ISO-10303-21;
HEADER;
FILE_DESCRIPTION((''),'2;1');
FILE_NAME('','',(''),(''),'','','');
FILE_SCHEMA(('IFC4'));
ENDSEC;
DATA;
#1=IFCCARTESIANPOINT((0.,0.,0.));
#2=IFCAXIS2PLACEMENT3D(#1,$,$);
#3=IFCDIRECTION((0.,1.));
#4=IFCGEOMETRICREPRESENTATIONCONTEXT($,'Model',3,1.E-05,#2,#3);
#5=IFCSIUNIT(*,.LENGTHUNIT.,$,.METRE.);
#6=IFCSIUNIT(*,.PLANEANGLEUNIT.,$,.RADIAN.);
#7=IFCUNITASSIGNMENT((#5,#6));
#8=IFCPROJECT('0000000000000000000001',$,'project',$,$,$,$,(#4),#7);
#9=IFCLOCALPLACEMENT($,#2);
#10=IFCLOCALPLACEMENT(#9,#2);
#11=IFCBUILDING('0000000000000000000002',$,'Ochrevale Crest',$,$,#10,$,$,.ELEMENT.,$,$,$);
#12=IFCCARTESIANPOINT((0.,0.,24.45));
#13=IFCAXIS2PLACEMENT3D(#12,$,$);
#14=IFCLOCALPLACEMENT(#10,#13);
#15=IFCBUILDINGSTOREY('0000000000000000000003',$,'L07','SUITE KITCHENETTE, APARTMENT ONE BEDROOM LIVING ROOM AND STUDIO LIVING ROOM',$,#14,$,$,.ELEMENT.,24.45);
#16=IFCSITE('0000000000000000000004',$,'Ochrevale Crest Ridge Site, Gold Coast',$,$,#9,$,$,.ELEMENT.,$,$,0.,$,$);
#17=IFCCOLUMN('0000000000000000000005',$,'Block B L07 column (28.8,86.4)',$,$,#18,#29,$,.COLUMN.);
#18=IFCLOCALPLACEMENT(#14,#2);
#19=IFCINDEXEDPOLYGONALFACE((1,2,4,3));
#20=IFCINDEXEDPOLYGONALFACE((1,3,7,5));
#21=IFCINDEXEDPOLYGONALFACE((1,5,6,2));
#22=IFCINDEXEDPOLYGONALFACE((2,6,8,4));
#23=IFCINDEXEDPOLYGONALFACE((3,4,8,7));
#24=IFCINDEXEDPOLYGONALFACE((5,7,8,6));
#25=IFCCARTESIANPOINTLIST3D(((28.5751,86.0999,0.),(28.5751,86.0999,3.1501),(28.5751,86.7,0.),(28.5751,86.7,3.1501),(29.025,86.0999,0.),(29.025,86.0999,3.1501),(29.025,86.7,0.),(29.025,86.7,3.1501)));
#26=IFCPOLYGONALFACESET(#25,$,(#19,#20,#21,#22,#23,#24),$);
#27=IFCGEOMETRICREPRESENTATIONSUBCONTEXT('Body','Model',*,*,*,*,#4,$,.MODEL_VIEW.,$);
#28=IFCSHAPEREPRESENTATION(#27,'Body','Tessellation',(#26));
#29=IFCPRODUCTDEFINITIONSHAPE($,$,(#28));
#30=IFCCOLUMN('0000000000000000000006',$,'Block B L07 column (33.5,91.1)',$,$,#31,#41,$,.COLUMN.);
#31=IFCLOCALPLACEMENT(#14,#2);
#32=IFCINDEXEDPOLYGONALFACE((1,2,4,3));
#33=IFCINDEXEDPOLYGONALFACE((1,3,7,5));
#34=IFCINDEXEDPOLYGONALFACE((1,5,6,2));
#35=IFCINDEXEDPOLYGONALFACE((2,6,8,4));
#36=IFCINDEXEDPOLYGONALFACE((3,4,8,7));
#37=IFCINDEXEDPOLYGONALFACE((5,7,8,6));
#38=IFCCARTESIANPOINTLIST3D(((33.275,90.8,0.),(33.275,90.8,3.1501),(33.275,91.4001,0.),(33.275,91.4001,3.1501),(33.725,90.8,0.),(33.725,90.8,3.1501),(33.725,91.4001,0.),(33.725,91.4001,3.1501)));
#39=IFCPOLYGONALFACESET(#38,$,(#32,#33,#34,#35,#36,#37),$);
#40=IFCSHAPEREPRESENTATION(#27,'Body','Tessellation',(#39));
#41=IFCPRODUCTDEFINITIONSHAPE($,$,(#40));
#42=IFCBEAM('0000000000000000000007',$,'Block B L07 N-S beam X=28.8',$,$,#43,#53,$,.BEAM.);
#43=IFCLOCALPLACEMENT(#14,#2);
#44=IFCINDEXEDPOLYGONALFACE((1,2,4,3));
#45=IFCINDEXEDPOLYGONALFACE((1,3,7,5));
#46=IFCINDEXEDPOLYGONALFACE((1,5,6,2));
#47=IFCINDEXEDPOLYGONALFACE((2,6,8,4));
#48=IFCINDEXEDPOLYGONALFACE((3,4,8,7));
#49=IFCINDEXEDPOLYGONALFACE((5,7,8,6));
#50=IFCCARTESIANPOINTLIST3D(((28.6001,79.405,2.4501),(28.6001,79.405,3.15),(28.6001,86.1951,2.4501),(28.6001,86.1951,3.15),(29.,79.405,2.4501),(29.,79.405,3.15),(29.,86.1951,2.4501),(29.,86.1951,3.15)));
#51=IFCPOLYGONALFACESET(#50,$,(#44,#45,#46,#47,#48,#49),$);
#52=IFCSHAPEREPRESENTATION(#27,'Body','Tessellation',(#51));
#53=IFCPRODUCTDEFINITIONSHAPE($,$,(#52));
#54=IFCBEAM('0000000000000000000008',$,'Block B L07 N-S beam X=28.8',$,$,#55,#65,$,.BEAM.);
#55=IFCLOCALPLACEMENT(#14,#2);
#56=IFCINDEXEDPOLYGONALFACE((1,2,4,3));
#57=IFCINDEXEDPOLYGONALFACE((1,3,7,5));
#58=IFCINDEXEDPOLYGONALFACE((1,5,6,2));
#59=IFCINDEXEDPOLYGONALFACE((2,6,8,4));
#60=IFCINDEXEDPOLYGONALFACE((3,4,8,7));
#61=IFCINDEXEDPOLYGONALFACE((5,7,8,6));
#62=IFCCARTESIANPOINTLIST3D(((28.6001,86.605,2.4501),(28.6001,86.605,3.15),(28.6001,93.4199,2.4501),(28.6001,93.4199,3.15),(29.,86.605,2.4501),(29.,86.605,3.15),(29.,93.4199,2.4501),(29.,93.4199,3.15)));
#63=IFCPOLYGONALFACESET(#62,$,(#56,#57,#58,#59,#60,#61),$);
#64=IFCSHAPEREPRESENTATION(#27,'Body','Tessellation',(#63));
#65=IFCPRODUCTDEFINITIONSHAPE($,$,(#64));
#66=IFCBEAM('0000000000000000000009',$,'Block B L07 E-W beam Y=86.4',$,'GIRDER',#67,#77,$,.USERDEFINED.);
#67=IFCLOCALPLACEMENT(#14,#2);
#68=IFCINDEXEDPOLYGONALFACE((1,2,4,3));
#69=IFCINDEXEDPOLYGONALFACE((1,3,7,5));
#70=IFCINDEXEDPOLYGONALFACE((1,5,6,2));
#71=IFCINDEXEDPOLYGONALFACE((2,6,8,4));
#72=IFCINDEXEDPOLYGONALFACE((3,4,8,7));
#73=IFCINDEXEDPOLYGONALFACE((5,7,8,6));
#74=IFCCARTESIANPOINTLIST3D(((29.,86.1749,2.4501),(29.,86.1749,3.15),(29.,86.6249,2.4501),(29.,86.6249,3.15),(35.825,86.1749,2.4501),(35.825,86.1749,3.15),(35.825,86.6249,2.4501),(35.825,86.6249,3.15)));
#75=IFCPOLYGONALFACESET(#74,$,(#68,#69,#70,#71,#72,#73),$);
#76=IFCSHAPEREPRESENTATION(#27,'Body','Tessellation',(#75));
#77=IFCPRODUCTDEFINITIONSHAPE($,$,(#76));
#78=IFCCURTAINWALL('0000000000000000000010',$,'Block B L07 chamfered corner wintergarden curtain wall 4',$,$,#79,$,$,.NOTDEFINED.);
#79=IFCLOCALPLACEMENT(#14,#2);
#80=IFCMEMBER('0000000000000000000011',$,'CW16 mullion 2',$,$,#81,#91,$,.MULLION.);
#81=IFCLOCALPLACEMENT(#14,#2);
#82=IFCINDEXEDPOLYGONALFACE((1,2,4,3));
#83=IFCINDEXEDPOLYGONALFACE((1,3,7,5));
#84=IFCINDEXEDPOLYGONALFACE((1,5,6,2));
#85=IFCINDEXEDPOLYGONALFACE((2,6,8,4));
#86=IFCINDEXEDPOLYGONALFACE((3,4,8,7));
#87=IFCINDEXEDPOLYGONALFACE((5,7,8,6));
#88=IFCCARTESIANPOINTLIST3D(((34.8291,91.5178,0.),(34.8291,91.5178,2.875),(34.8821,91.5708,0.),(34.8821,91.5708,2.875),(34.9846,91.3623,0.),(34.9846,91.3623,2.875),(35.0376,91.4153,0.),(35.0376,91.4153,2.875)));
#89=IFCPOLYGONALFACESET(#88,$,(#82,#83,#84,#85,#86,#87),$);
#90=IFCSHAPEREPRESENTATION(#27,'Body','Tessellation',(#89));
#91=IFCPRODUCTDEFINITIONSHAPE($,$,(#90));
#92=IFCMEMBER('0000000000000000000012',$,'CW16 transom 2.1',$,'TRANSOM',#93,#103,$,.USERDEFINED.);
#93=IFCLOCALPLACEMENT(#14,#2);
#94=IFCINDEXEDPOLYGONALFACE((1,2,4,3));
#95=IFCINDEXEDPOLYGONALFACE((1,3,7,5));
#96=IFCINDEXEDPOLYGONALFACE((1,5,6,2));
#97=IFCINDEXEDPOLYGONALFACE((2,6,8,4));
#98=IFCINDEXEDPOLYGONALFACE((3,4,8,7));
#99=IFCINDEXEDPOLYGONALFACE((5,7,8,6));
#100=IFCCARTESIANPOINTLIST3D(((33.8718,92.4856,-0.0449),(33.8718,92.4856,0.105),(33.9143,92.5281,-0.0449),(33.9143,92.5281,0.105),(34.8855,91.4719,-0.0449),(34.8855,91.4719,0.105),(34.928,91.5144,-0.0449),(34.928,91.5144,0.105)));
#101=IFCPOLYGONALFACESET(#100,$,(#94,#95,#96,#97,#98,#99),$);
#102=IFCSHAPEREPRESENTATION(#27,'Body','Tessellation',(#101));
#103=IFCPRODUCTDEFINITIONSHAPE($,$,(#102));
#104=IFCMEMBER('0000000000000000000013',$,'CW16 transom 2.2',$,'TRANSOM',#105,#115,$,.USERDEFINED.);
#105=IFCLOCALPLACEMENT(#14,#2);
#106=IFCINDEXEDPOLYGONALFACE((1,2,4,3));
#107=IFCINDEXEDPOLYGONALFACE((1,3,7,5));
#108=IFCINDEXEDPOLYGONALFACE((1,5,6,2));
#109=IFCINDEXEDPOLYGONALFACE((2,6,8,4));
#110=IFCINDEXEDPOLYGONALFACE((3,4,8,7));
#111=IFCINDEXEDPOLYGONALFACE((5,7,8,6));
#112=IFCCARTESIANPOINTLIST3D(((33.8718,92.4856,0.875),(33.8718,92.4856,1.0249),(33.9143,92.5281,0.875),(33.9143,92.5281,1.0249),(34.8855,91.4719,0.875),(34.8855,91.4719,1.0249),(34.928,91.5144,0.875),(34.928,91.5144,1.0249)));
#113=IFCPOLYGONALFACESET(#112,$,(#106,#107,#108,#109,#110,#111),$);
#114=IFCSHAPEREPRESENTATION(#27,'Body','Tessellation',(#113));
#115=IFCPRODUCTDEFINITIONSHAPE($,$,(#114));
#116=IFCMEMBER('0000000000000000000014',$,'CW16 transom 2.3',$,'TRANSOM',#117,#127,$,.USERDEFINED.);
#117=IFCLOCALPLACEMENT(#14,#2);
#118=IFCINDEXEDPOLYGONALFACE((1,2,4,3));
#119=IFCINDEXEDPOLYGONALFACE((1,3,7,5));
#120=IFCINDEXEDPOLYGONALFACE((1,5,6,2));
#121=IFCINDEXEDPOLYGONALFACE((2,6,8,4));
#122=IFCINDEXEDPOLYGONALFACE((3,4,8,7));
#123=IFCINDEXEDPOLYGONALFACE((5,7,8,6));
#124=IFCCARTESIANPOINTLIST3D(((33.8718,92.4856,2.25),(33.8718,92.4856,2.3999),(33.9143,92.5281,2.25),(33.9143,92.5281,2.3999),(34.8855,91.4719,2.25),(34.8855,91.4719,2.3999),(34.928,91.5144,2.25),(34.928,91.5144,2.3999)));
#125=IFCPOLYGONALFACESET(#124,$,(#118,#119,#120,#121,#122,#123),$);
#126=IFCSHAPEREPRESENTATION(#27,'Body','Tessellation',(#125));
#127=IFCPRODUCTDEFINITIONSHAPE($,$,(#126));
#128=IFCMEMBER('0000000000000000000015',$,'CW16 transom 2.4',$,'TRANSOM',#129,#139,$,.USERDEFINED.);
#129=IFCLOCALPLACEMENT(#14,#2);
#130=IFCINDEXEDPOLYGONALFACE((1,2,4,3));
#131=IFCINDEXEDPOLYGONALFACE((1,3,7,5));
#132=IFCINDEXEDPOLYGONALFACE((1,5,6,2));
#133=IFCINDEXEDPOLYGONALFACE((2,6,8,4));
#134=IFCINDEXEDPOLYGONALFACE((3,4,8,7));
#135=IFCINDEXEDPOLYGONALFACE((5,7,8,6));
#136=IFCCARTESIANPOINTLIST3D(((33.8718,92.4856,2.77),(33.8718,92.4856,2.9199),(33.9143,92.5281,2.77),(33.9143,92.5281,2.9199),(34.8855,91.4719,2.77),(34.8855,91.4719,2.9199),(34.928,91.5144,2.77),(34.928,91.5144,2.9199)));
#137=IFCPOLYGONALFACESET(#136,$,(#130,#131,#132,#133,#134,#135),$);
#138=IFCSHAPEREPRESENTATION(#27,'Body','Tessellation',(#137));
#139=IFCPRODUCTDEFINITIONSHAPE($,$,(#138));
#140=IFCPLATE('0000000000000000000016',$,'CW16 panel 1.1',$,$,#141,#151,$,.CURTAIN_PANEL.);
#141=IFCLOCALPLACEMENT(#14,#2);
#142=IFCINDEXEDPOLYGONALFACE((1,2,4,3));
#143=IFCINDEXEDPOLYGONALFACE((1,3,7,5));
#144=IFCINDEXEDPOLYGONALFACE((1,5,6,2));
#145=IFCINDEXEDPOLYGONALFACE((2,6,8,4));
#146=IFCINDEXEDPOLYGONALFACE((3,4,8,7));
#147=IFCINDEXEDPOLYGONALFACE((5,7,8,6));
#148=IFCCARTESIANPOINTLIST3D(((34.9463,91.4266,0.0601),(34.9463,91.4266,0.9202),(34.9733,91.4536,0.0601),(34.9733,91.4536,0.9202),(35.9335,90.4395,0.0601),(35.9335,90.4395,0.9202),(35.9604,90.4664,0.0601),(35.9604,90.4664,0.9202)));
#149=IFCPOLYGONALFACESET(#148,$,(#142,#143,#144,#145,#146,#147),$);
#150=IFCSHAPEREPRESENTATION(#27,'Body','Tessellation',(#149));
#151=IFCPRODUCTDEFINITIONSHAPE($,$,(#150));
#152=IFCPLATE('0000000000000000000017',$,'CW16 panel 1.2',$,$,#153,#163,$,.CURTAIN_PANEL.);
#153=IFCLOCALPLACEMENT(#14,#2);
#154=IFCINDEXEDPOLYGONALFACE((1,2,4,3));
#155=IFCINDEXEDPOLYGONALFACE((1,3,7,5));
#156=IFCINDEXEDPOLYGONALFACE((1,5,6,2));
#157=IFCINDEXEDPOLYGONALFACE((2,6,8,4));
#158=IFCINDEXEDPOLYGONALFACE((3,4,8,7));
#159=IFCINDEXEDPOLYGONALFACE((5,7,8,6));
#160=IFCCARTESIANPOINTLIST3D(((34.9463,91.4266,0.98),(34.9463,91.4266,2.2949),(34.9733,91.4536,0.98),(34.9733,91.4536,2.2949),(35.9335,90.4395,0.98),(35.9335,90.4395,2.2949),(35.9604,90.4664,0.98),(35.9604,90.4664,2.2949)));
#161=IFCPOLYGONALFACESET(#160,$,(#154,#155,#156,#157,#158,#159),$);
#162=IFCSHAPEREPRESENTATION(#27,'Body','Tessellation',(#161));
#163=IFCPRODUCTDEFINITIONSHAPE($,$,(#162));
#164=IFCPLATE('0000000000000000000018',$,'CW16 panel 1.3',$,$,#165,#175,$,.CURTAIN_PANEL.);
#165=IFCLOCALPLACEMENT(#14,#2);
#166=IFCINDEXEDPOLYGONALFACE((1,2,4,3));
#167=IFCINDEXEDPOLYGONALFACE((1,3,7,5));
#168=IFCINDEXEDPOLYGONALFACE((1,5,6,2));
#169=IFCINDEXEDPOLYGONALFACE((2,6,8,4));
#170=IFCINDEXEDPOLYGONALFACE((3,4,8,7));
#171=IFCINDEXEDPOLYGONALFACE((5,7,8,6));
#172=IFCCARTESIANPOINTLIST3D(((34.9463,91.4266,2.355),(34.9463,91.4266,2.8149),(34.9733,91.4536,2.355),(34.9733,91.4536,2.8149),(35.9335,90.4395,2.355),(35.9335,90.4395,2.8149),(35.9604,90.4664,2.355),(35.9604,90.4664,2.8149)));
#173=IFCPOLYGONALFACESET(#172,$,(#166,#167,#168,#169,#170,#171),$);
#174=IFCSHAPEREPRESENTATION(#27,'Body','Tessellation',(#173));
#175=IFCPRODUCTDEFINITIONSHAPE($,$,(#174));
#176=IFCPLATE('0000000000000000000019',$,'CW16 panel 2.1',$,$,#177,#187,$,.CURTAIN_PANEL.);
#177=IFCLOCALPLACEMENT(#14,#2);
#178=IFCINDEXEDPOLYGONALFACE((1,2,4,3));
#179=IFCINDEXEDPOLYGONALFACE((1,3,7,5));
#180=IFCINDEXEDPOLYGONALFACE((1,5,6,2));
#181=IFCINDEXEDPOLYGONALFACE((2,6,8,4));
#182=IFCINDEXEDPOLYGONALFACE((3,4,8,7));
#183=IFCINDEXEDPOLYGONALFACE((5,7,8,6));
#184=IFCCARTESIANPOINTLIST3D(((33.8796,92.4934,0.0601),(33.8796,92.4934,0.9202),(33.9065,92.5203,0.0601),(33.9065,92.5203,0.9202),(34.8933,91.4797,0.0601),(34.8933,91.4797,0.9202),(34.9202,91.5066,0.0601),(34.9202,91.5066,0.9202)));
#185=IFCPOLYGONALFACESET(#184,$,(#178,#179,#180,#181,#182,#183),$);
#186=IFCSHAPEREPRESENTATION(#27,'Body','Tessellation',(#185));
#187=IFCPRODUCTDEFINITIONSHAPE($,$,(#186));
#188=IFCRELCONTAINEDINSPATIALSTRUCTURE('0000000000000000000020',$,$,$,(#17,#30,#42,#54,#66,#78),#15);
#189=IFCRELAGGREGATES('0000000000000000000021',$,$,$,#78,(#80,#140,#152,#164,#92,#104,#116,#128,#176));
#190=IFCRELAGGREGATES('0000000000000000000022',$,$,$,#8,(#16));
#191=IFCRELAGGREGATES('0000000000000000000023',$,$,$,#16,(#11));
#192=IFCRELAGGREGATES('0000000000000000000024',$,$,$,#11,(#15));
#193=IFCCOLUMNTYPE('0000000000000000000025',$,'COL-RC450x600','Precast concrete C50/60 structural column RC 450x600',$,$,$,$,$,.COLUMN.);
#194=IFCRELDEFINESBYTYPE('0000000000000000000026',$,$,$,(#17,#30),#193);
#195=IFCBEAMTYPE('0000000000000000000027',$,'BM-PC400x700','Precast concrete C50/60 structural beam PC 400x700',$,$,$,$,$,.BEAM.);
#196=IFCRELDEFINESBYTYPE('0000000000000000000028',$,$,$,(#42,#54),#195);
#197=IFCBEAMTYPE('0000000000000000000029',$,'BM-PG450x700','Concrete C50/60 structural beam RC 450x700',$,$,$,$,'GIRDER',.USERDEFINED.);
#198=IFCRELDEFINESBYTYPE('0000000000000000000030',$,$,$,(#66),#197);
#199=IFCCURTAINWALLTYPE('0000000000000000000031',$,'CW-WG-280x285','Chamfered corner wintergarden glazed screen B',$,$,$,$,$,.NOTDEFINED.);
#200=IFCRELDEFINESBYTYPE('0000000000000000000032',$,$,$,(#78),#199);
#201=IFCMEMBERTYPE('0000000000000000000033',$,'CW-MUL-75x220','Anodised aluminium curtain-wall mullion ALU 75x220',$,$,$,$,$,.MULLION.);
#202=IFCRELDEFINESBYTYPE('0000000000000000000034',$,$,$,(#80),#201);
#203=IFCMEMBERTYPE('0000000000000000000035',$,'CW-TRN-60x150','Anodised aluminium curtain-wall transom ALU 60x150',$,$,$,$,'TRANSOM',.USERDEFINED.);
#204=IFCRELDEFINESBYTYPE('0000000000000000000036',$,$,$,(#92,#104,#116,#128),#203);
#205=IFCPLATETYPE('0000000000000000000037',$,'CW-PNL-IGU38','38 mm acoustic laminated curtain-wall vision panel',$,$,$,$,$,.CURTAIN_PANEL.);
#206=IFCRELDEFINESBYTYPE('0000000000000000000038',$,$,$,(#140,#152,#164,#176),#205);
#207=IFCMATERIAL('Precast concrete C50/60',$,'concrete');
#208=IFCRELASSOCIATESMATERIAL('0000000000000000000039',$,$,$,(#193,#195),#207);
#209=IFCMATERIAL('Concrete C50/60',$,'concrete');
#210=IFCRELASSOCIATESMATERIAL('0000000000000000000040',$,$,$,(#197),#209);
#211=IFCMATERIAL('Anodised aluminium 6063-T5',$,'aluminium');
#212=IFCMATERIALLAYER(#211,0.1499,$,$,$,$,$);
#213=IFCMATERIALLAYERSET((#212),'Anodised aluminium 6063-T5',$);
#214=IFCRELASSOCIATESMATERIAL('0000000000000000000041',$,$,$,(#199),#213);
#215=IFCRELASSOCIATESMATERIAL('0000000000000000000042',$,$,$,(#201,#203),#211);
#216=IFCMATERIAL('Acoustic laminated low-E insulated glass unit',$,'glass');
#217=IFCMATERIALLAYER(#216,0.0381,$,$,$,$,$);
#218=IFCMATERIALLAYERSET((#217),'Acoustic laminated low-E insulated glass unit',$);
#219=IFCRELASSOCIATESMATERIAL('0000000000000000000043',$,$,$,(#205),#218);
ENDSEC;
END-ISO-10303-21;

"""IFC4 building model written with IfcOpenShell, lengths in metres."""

from ifc_helpers import new_model, si_unit, direction, frame, origin, origin_2d, place, context, subcontext, project, spatial, rectangle, extrude, material, layer, layer_set, material_profile, profile_set, type_object, element, aggregate, save


model = new_model("IFC4")

# Units and contexts
model_context = context("Model", 3, precision=1e-05, world=origin(), true_north=direction((0.0, 1.0)))
body_context = subcontext(model_context, "Body", "Model", "MODEL_VIEW")
ifc_project = project(units=[si_unit("LENGTHUNIT", "METRE"), si_unit("PLANEANGLEUNIT", "RADIAN")], contexts=[model_context])

# Site, building, storey
site_placement = place(None, origin())
site = spatial("IfcSite", under=ifc_project, at=site_placement, Name="Ochrevale Crest Ridge Site, Gold Coast", CompositionType="ELEMENT", RefElevation=0.0)
building_placement = place(site_placement, origin())
building = spatial("IfcBuilding", under=site, at=building_placement, Name="Ochrevale Crest", CompositionType="ELEMENT")
storey_placement = place(building_placement, frame((0.0, 0.0, 24.45)))
storey = spatial("IfcBuildingStorey", under=building, at=storey_placement, Name="L07", Description="SUITE KITCHENETTE, APARTMENT ONE BEDROOM LIVING ROOM AND STUDIO LIVING ROOM", CompositionType="ELEMENT", Elevation=24.45)

# Columns
ifc_material_1 = material(Name="Precast concrete C50/60", Category="concrete")
ifc_material_profile_1 = material_profile(ifc_material_1, rectangle(XDim=0.45, YDim=0.6001, at=origin_2d()), Name="RC 450x600")
ifc_profile_set_1 = profile_set([ifc_material_profile_1], Name="Precast concrete C50/60")
column_type = type_object("IfcColumnType", Name="COL-RC450x600", Description="Precast concrete C50/60 structural column RC 450x600", PredefinedType="COLUMN", material=ifc_profile_set_1)
for number, where, z_axis, x_axis, name in (
    (1, (28.8, 86.3999, 0.0), (0.0, 0.0, 1.0), (1.0, 0.0, 0.0), "Block B L07 column (28.8,86.4)"),
    (2, (33.5, 91.1001, 0.0), (0.0, 0.0, 1.0), (1.0, 0.0, 0.0), "Block B L07 column (33.5,91.1)"),
):
    element("IfcColumn", number, at=place(storey_placement, frame(where, z_axis=z_axis, x_axis=x_axis)), inside=storey, type_object=column_type, Name=name, PredefinedType="COLUMN", context=body_context, shape_type="SweptSolid", body=[
        extrude(rectangle(XDim=0.45, YDim=0.6001, at=origin_2d()), origin(), (0.0, 0.0, 1.0), 3.1501),
    ])

# Beams
ifc_material_profile_2 = material_profile(ifc_material_1, rectangle(XDim=0.3999, YDim=0.7, at=origin_2d()), Name="PC 400x700")
ifc_profile_set_2 = profile_set([ifc_material_profile_2], Name="Precast concrete C50/60")
beam_type_1 = type_object("IfcBeamType", Name="BM-PC400x700", Description="Precast concrete C50/60 structural beam PC 400x700", PredefinedType="BEAM", material=ifc_profile_set_2)
beam_1_placement = place(storey_placement, frame((28.8, 79.405, 2.8), z_axis=(0.0, 1.0, 0.0), x_axis=(-1.0, 0.0, 0.0)))
element("IfcBeam", 3, at=beam_1_placement, inside=storey, type_object=beam_type_1, Name="Block B L07 N-S beam X=28.8", PredefinedType="BEAM", context=body_context, shape_type="SweptSolid", body=[
    extrude(rectangle(XDim=0.3999, YDim=0.7, at=origin_2d()), origin(), (0.0, 0.0, 1.0), 6.79),
])
beam_2_placement = place(storey_placement, frame((28.8, 86.605, 2.8), z_axis=(0.0, 1.0, 0.0), x_axis=(-1.0, 0.0, 0.0)))
element("IfcBeam", 4, at=beam_2_placement, inside=storey, type_object=beam_type_1, Name="Block B L07 N-S beam X=28.8", PredefinedType="BEAM", context=body_context, shape_type="SweptSolid", body=[
    extrude(rectangle(XDim=0.3999, YDim=0.7, at=origin_2d()), origin(), (0.0, 0.0, 1.0), 6.8149),
])
ifc_material_2 = material(Name="Concrete C50/60", Category="concrete")
ifc_material_profile_3 = material_profile(ifc_material_2, rectangle(XDim=0.45, YDim=0.7, at=origin_2d()), Name="RC 450x700")
ifc_profile_set_3 = profile_set([ifc_material_profile_3], Name="Concrete C50/60")
beam_type_2 = type_object("IfcBeamType", Name="BM-PG450x700", Description="Concrete C50/60 structural beam RC 450x700", ElementType="GIRDER", PredefinedType="USERDEFINED", material=ifc_profile_set_3)
beam_3_placement = place(storey_placement, frame((29.0, 86.3999, 2.8), z_axis=(1.0, 0.0, 0.0), x_axis=(0.0, 1.0, 0.0)))
element("IfcBeam", 5, at=beam_3_placement, inside=storey, type_object=beam_type_2, Name="Block B L07 E-W beam Y=86.4", ObjectType="GIRDER", PredefinedType="USERDEFINED", context=body_context, shape_type="SweptSolid", body=[
    extrude(rectangle(XDim=0.45, YDim=0.7, at=origin_2d()), origin(), (0.0, 0.0, 1.0), 6.825),
])

# Curtain wall, members, plates
ifc_material_3 = material(Name="Anodised aluminium 6063-T5", Category="aluminium")
ifc_layer_1 = layer(ifc_material_3, 0.1499)
ifc_layer_set_1 = layer_set([ifc_layer_1], Name="Anodised aluminium 6063-T5")
curtain_wall_type = type_object("IfcCurtainWallType", Name="CW-WG-280x285", Description="Chamfered corner wintergarden glazed screen B", PredefinedType="NOTDEFINED", material=ifc_layer_set_1)
curtain_wall_placement = place(storey_placement, origin())
curtain_wall = element("IfcCurtainWall", 6, at=curtain_wall_placement, inside=storey, type_object=curtain_wall_type, Name="Block B L07 chamfered corner wintergarden curtain wall 4", PredefinedType="NOTDEFINED")
ifc_material_profile_4 = material_profile(ifc_material_3, rectangle(XDim=0.075, YDim=0.22, at=origin_2d()), Name="ALU 75x220")
ifc_profile_set_4 = profile_set([ifc_material_profile_4], Name="Anodised aluminium 6063-T5")
member_type_1 = type_object("IfcMemberType", Name="CW-MUL-75x220", Description="Anodised aluminium curtain-wall mullion ALU 75x220", PredefinedType="MULLION", material=ifc_profile_set_4)
member_1_placement = place(storey_placement, frame((34.9333, 91.4666, 0.0), z_axis=(0.0, 0.0, 1.0), x_axis=(-0.707107, -0.707107, 0.0)))
member_1 = element("IfcMember", 7, at=member_1_placement, type_object=member_type_1, Name="CW16 mullion 2", PredefinedType="MULLION", context=body_context, shape_type="SweptSolid", body=[
    extrude(rectangle(XDim=0.075, YDim=0.22, at=origin_2d()), origin(), (0.0, 0.0, 1.0), 2.875),
])
ifc_material_profile_5 = material_profile(ifc_material_3, rectangle(XDim=0.0601, YDim=0.1499, at=origin_2d()), Name="ALU 60x150")
ifc_profile_set_5 = profile_set([ifc_material_profile_5], Name="Anodised aluminium 6063-T5")
member_type_2 = type_object("IfcMemberType", Name="CW-TRN-60x150", Description="Anodised aluminium curtain-wall transom ALU 60x150", ElementType="TRANSOM", PredefinedType="USERDEFINED", material=ifc_profile_set_5)
member_2_placement = place(storey_placement, frame((34.9067, 91.4932, 0.03), z_axis=(-0.707107, 0.707107, 0.0), x_axis=(-0.707107, -0.707107, 0.0)))
member_2 = element("IfcMember", 8, at=member_2_placement, type_object=member_type_2, Name="CW16 transom 2.1", ObjectType="TRANSOM", PredefinedType="USERDEFINED", context=body_context, shape_type="SweptSolid", body=[
    extrude(rectangle(XDim=0.0601, YDim=0.1499, at=origin_2d()), origin(), (0.0, 0.0, 1.0), 1.4336),
])
member_3_placement = place(storey_placement, frame((34.9067, 91.4932, 0.95), z_axis=(-0.707107, 0.707107, 0.0), x_axis=(-0.707107, -0.707107, 0.0)))
member_3 = element("IfcMember", 9, at=member_3_placement, type_object=member_type_2, Name="CW16 transom 2.2", ObjectType="TRANSOM", PredefinedType="USERDEFINED", context=body_context, shape_type="SweptSolid", body=[
    extrude(rectangle(XDim=0.0601, YDim=0.1499, at=origin_2d()), origin(), (0.0, 0.0, 1.0), 1.4336),
])
member_4_placement = place(storey_placement, frame((34.9067, 91.4932, 2.325), z_axis=(-0.707107, 0.707107, 0.0), x_axis=(-0.707107, -0.707107, 0.0)))
member_4 = element("IfcMember", 10, at=member_4_placement, type_object=member_type_2, Name="CW16 transom 2.3", ObjectType="TRANSOM", PredefinedType="USERDEFINED", context=body_context, shape_type="SweptSolid", body=[
    extrude(rectangle(XDim=0.0601, YDim=0.1499, at=origin_2d()), origin(), (0.0, 0.0, 1.0), 1.4336),
])
member_5_placement = place(storey_placement, frame((34.9067, 91.4932, 2.845), z_axis=(-0.707107, 0.707107, 0.0), x_axis=(-0.707107, -0.707107, 0.0)))
member_5 = element("IfcMember", 11, at=member_5_placement, type_object=member_type_2, Name="CW16 transom 2.4", ObjectType="TRANSOM", PredefinedType="USERDEFINED", context=body_context, shape_type="SweptSolid", body=[
    extrude(rectangle(XDim=0.0601, YDim=0.1499, at=origin_2d()), origin(), (0.0, 0.0, 1.0), 1.4336),
])
ifc_material_4 = material(Name="Acoustic laminated low-E insulated glass unit", Category="glass")
ifc_layer_2 = layer(ifc_material_4, 0.0381)
ifc_layer_set_2 = layer_set([ifc_layer_2], Name="Acoustic laminated low-E insulated glass unit")
plate_type = type_object("IfcPlateType", Name="CW-PNL-IGU38", Description="38 mm acoustic laminated curtain-wall vision panel", PredefinedType="CURTAIN_PANEL", material=ifc_layer_set_2)
plate_1_placement = place(storey_placement, frame((35.4534, 90.9465, 0.0601), z_axis=(0.0, 0.0, 1.0), x_axis=(-0.707107, 0.707107, 0.0)))
plate_1 = element("IfcPlate", 12, at=plate_1_placement, type_object=plate_type, Name="CW16 panel 1.1", PredefinedType="CURTAIN_PANEL", context=body_context, shape_type="SweptSolid", body=[
    extrude(rectangle(XDim=1.396, YDim=0.0381, at=origin_2d()), origin(), (0.0, 0.0, 1.0), 0.8601),
])
plate_2_placement = place(storey_placement, frame((35.4534, 90.9465, 0.98), z_axis=(0.0, 0.0, 1.0), x_axis=(-0.707107, 0.707107, 0.0)))
plate_2 = element("IfcPlate", 13, at=plate_2_placement, type_object=plate_type, Name="CW16 panel 1.2", PredefinedType="CURTAIN_PANEL", context=body_context, shape_type="SweptSolid", body=[
    extrude(rectangle(XDim=1.396, YDim=0.0381, at=origin_2d()), origin(), (0.0, 0.0, 1.0), 1.3149),
])
plate_3_placement = place(storey_placement, frame((35.4534, 90.9465, 2.355), z_axis=(0.0, 0.0, 1.0), x_axis=(-0.707107, 0.707107, 0.0)))
plate_3 = element("IfcPlate", 14, at=plate_3_placement, type_object=plate_type, Name="CW16 panel 1.3", PredefinedType="CURTAIN_PANEL", context=body_context, shape_type="SweptSolid", body=[
    extrude(rectangle(XDim=1.396, YDim=0.0381, at=origin_2d()), origin(), (0.0, 0.0, 1.0), 0.46),
])
plate_4_placement = place(storey_placement, frame((34.3999, 92.0, 0.0601), z_axis=(0.0, 0.0, 1.0), x_axis=(-0.707107, 0.707107, 0.0)))
plate_4 = element("IfcPlate", 15, at=plate_4_placement, type_object=plate_type, Name="CW16 panel 2.1", PredefinedType="CURTAIN_PANEL", context=body_context, shape_type="SweptSolid", body=[
    extrude(rectangle(XDim=1.4336, YDim=0.0381, at=origin_2d()), origin(), (0.0, 0.0, 1.0), 0.8601),
])
aggregate(curtain_wall, [member_1, plate_1, plate_2, plate_3, member_2, member_3, member_4, member_5, plate_4])

save(model, "model.ifc")
